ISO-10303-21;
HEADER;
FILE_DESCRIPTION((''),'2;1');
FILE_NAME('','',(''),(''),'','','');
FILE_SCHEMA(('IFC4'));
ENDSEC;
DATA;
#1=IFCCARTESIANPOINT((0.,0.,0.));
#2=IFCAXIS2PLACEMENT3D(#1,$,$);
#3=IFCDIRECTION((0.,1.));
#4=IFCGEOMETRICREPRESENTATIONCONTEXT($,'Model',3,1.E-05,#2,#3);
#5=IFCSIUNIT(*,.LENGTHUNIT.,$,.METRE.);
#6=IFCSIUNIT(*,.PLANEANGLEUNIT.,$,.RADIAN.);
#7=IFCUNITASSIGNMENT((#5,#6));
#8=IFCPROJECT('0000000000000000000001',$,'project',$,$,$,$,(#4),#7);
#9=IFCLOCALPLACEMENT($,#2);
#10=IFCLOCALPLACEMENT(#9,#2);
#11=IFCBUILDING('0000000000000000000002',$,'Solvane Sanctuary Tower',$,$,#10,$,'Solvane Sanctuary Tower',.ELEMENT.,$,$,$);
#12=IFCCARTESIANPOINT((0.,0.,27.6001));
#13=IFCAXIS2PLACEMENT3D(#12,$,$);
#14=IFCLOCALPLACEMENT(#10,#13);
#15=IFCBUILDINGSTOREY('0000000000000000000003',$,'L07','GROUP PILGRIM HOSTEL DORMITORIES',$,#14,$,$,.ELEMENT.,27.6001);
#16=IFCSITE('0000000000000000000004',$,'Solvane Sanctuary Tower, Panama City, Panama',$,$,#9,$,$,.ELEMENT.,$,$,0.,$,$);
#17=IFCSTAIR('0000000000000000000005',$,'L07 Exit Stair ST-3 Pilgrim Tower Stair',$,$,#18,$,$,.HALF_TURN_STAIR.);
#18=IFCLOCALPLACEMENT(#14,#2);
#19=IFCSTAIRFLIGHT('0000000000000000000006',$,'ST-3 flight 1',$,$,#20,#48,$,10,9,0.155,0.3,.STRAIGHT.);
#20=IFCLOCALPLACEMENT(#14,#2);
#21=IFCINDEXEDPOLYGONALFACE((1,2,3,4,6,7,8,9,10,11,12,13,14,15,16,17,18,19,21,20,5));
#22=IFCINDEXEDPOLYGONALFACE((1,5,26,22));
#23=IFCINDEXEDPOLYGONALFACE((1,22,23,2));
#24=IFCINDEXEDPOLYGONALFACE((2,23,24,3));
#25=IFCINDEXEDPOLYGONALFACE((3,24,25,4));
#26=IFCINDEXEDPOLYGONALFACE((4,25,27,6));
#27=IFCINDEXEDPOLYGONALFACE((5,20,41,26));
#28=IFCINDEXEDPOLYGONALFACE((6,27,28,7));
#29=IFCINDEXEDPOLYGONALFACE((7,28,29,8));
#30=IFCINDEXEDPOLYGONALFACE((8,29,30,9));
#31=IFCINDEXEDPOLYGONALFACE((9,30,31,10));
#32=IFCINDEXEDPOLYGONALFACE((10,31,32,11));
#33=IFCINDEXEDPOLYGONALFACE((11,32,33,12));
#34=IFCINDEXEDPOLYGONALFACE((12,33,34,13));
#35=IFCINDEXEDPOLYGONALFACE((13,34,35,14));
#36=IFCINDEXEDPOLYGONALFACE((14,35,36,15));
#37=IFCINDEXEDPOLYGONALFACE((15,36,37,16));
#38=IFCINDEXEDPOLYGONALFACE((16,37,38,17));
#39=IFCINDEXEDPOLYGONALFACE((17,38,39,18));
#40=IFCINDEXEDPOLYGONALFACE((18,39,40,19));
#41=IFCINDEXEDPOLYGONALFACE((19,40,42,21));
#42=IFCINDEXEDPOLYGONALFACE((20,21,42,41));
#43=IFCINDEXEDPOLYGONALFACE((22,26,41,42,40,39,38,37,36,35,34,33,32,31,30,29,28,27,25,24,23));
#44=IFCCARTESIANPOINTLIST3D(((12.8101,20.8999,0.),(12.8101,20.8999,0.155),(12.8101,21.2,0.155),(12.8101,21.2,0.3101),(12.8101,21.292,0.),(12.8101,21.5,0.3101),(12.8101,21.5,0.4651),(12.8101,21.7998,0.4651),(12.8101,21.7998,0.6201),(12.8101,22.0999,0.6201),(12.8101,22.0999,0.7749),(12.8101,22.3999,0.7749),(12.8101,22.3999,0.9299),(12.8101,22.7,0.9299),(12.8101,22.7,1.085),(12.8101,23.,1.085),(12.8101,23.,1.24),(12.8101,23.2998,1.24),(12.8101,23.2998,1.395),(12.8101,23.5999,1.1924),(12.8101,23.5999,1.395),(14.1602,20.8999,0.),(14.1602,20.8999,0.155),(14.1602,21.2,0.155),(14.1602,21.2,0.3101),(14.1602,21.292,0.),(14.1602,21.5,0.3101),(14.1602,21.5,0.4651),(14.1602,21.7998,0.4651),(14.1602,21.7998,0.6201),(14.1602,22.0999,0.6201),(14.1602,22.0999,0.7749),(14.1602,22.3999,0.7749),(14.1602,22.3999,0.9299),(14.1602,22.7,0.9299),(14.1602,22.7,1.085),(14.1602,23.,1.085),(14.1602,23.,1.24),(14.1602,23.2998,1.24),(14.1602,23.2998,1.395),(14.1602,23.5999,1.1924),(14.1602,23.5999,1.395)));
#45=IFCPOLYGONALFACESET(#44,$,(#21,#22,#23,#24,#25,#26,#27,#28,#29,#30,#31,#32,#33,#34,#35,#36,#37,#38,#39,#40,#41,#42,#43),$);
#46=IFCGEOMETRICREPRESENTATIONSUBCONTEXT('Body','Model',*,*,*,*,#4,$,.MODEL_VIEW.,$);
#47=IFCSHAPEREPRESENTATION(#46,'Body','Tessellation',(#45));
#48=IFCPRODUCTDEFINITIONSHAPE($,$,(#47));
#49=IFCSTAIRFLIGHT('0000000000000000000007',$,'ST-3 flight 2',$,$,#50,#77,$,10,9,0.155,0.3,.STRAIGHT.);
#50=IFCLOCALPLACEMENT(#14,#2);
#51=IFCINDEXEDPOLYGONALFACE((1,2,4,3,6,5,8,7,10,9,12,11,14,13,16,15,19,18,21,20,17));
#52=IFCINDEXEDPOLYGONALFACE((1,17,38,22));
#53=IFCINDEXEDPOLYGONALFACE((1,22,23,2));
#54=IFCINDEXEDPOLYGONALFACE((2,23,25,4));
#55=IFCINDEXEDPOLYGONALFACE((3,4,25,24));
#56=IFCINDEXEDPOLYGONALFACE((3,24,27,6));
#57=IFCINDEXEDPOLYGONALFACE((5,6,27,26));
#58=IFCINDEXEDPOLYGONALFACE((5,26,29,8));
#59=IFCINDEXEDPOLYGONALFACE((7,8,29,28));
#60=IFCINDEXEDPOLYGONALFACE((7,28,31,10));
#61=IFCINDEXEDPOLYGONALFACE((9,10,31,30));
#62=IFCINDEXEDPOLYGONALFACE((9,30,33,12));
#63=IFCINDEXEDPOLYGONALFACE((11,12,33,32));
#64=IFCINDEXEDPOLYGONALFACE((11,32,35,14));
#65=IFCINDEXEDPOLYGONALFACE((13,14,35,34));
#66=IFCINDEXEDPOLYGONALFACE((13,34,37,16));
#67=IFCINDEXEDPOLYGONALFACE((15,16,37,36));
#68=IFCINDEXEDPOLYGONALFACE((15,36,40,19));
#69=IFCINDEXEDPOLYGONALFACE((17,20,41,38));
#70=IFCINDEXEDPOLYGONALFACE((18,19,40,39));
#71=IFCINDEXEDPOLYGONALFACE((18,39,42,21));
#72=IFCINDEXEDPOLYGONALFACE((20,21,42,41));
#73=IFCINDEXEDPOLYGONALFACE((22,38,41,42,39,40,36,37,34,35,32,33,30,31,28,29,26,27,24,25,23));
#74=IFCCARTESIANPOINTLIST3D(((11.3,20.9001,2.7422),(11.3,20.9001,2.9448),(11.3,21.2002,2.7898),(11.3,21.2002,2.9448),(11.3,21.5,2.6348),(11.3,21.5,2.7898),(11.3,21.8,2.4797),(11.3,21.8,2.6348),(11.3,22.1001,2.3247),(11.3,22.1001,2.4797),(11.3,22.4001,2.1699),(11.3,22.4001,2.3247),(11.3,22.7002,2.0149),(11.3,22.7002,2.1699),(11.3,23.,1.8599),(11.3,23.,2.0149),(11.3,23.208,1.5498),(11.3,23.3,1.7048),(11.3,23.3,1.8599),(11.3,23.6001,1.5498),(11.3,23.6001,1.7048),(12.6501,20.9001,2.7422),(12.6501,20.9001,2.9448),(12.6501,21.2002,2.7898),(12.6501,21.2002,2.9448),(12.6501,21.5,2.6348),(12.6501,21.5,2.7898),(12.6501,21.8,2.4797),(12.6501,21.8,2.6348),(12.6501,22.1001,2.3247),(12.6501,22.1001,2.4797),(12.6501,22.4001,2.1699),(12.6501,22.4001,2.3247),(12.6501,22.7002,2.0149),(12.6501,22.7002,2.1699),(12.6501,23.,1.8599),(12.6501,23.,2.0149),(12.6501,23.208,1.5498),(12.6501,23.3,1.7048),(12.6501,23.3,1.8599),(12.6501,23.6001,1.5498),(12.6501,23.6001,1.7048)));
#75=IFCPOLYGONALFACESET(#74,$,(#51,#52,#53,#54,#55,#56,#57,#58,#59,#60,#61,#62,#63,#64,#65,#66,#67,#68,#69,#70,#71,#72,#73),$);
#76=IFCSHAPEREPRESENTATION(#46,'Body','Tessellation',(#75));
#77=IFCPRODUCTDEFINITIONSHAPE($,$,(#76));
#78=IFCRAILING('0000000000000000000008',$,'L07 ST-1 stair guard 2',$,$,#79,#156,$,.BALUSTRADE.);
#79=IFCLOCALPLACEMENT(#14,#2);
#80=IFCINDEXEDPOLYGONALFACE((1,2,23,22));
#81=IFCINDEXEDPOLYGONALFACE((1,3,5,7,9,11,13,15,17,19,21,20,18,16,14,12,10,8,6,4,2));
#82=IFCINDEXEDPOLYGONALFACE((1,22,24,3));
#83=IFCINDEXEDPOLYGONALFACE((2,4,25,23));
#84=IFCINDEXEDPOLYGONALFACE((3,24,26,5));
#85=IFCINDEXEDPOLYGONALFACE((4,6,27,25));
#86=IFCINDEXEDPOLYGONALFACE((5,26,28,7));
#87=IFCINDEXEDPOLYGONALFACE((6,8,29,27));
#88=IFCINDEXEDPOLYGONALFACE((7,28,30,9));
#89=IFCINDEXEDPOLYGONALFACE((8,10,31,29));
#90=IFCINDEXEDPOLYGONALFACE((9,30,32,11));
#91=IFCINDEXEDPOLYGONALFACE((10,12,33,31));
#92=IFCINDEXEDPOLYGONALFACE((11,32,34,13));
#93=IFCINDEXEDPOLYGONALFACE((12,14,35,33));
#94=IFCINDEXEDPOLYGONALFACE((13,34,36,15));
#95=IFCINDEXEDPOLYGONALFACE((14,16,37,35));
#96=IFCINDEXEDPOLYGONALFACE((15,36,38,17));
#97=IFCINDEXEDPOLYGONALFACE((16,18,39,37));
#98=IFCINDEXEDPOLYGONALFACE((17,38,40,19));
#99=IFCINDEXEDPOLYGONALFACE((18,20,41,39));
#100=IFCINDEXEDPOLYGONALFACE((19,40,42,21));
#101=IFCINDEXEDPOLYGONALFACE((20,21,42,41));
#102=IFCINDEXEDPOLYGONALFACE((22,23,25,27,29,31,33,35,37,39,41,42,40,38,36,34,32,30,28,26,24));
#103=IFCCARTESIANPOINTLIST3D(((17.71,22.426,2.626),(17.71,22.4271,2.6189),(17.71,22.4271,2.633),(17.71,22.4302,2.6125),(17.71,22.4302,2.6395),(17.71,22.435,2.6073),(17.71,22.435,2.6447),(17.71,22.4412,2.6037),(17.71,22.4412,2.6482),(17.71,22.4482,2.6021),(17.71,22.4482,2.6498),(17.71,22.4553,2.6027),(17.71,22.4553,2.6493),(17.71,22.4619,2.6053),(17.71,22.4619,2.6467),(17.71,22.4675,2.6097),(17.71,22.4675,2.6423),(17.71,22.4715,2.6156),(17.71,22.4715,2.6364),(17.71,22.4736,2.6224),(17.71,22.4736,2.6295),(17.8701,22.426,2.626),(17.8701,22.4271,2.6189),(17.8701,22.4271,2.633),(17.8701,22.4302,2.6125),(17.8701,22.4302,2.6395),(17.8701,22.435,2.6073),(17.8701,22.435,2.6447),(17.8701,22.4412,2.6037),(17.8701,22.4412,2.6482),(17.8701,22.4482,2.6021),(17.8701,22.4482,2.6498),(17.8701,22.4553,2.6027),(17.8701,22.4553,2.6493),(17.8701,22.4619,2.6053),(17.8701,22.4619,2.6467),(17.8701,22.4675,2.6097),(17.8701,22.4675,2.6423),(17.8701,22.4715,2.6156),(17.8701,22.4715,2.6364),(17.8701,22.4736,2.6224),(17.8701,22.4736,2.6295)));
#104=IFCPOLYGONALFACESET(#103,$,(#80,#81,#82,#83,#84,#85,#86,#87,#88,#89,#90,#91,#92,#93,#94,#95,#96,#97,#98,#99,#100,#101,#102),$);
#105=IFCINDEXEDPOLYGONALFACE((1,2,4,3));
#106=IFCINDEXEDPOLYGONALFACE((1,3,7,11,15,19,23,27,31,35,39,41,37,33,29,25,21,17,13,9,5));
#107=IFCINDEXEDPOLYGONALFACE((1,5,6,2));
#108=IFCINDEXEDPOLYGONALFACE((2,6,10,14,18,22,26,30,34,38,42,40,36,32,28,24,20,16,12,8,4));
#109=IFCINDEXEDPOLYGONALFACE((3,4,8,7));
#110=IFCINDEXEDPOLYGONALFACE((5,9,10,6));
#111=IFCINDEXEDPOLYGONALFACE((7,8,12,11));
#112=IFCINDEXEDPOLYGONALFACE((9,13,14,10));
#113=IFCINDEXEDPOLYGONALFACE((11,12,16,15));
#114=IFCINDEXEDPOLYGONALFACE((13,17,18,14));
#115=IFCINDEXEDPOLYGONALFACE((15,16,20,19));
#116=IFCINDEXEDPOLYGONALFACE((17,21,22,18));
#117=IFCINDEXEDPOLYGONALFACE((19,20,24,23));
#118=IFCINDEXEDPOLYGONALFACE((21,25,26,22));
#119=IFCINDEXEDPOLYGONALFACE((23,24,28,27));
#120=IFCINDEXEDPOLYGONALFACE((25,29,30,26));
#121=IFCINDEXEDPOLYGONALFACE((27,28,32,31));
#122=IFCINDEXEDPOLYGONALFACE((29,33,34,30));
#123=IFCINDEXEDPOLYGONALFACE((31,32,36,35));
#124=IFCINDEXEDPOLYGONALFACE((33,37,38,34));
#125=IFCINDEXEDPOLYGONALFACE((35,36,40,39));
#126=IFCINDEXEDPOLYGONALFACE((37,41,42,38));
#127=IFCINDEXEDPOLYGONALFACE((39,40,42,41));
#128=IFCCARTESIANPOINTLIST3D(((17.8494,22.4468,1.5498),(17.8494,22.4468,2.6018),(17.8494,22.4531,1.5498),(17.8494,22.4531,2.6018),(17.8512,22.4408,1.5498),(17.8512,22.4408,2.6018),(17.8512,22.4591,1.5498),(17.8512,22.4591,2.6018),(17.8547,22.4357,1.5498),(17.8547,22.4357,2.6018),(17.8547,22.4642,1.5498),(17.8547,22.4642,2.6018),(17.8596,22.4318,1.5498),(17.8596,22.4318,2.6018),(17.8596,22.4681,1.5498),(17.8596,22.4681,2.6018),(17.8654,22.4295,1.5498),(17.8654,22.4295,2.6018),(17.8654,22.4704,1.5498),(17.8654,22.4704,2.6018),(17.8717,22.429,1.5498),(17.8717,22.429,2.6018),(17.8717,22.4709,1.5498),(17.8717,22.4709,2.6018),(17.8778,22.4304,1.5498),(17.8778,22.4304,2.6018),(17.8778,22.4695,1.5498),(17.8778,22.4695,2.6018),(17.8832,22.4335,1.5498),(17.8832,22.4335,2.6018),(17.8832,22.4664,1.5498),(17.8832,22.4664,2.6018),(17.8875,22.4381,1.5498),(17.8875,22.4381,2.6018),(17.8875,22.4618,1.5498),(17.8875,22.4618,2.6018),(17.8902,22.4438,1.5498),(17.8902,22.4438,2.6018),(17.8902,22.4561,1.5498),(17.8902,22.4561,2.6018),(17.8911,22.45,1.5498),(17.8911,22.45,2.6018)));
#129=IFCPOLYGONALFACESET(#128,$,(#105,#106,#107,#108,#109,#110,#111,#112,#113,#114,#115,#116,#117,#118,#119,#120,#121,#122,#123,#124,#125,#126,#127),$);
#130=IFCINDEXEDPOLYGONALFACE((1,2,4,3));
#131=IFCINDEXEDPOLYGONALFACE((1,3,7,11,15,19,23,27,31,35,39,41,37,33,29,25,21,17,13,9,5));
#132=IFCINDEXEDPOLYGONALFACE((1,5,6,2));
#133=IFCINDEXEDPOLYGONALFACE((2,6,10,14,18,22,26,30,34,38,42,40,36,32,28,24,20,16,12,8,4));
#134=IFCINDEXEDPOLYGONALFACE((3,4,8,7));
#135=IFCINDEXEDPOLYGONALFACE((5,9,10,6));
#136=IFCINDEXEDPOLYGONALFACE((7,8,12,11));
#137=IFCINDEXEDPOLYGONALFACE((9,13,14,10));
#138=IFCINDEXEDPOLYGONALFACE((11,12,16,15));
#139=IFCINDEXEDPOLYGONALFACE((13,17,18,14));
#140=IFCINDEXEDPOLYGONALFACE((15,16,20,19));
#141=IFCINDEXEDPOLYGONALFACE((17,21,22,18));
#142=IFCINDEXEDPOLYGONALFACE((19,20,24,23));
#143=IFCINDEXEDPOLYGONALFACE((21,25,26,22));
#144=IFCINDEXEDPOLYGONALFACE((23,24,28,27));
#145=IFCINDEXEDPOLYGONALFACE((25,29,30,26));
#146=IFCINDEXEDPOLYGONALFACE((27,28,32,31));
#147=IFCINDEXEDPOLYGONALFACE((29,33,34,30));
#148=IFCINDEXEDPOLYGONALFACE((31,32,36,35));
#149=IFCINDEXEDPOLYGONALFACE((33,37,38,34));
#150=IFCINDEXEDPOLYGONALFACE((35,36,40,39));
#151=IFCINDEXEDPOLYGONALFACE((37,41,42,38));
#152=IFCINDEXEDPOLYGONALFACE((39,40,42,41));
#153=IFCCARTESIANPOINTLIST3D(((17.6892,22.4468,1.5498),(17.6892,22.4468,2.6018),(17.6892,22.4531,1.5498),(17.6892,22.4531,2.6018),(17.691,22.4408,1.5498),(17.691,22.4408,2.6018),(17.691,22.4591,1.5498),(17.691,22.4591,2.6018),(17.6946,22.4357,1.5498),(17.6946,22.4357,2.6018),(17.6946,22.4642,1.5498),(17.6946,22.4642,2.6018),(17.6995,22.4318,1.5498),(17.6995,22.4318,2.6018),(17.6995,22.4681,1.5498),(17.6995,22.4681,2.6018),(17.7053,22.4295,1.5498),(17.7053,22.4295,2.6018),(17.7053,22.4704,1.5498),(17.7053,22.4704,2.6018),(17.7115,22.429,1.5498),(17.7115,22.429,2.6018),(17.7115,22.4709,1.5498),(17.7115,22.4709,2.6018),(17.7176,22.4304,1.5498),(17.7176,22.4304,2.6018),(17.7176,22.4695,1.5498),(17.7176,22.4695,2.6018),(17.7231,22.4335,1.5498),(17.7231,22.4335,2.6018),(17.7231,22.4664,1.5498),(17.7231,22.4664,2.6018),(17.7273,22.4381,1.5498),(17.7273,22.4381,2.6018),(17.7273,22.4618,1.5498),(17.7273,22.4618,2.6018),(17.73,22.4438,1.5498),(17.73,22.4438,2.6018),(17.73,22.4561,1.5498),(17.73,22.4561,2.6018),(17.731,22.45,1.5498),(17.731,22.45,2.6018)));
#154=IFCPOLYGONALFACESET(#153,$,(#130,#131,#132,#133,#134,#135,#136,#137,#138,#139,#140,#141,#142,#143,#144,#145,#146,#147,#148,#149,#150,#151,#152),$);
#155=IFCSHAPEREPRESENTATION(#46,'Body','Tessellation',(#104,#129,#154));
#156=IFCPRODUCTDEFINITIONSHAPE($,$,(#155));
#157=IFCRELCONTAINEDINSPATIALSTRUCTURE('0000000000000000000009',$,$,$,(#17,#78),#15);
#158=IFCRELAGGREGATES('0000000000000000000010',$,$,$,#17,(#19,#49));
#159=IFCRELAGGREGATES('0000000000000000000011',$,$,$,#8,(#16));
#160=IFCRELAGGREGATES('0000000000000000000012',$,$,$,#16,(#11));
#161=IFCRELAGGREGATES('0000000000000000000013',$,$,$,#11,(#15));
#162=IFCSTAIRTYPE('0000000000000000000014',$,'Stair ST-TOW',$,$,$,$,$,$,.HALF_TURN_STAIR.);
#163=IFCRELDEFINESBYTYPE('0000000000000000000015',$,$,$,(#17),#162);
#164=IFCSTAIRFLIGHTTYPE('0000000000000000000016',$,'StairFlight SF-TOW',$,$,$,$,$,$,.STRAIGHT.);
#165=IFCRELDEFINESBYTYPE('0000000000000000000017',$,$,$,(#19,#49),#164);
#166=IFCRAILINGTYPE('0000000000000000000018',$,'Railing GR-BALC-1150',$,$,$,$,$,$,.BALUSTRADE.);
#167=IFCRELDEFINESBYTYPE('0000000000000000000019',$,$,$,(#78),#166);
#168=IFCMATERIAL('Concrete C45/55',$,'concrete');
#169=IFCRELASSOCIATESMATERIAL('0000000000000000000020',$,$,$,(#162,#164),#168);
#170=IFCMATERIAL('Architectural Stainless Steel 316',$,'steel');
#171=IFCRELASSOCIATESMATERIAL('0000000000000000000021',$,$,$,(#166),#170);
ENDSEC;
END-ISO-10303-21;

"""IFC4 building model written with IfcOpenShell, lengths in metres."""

from ifc_helpers import new_model, si_unit, direction, frame, origin, origin_2d, place, context, subcontext, project, spatial, polyline, circle, outline, extrude, material, type_object, element, aggregate, save


model = new_model("IFC4")

# Units and contexts
model_context = context("Model", 3, precision=1e-05, world=origin(), true_north=direction((0.0, 1.0)))
body_context = subcontext(model_context, "Body", "Model", "MODEL_VIEW")
ifc_project = project(units=[si_unit("LENGTHUNIT", "METRE"), si_unit("PLANEANGLEUNIT", "RADIAN")], contexts=[model_context])

# Site, building, storey
site_placement = place(None, origin())
site = spatial("IfcSite", under=ifc_project, at=site_placement, Name="Solvane Sanctuary Tower, Panama City, Panama", CompositionType="ELEMENT", RefElevation=0.0)
building_placement = place(site_placement, origin())
building = spatial("IfcBuilding", under=site, at=building_placement, Name="Solvane Sanctuary Tower", LongName="Solvane Sanctuary Tower", CompositionType="ELEMENT")
storey_placement = place(building_placement, frame((0.0, 0.0, 27.6001)))
storey = spatial("IfcBuildingStorey", under=building, at=storey_placement, Name="L07", Description="GROUP PILGRIM HOSTEL DORMITORIES", CompositionType="ELEMENT", Elevation=27.6001)

# Shared definitions
ifc_material_1 = material(Name="Concrete C45/55", Category="concrete")
stair_type = type_object("IfcStairType", Name="Stair ST-TOW", PredefinedType="HALF_TURN_STAIR", material=ifc_material_1)
stair_flight_type = type_object("IfcStairFlightType", Name="StairFlight SF-TOW", PredefinedType="STRAIGHT", material=ifc_material_1)

# Stair, stair flights
stair_1_placement = place(storey_placement, origin())
stair_1 = element("IfcStair", 1, at=stair_1_placement, inside=storey, type_object=stair_type, Name="L07 Exit Stair ST-3 Pilgrim Tower Stair", PredefinedType="HALF_TURN_STAIR")
stair_flight_1_placement = place(storey_placement, frame((13.4851, 20.8999, 0.0), z_axis=(0.0, 0.0, 1.0), x_axis=(0.0, 1.0, 0.0)))
stair_flight_1 = element("IfcStairFlight", 2, at=stair_flight_1_placement, type_object=stair_flight_type, Name="ST-3 flight 1", NumberOfRisers=10, NumberOfTreads=9, PredefinedType="STRAIGHT", RiserHeight=0.155, TreadLength=0.3, context=body_context, shape_type="SweptSolid", body=[
    extrude(outline(polyline([(0.0, 0.0), (0.0, 0.155), (0.3, 0.155), (0.3, 0.3101), (0.6001, 0.3101), (0.6001, 0.4651), (0.8999, 0.4651), (0.8999, 0.6201), (1.2, 0.6201), (1.2, 0.7749), (1.5, 0.7749), (1.5, 0.9299), (1.8, 0.9299), (1.8, 1.085), (2.1001, 1.085), (2.1001, 1.24), (2.3999, 1.24), (2.3999, 1.395), (2.7, 1.395), (2.7, 1.55), (2.7, 1.1924), (0.3921, 0.0), (0.0, 0.0)])), frame((0.0, 0.675, 0.0), z_axis=(0.0, -1.0, 0.0), x_axis=(1.0, 0.0, 0.0)), (0.0, 0.0, 1.0), 1.3501),
])
stair_flight_2_placement = place(storey_placement, frame((11.9751, 23.6001, 1.5498), z_axis=(0.0, 0.0, 1.0), x_axis=(0.0, -1.0, 0.0)))
stair_flight_2 = element("IfcStairFlight", 3, at=stair_flight_2_placement, type_object=stair_flight_type, Name="ST-3 flight 2", NumberOfRisers=10, NumberOfTreads=9, PredefinedType="STRAIGHT", RiserHeight=0.155, TreadLength=0.3, context=body_context, shape_type="SweptSolid", body=[
    extrude(outline(polyline([(0.0, 0.0), (0.0, 0.155), (0.3, 0.155), (0.3, 0.3101), (0.6001, 0.3101), (0.6001, 0.4651), (0.8999, 0.4651), (0.8999, 0.6201), (1.2, 0.6201), (1.2, 0.7749), (1.5, 0.7749), (1.5, 0.9299), (1.8, 0.9299), (1.8, 1.085), (2.1001, 1.085), (2.1001, 1.24), (2.3999, 1.24), (2.3999, 1.395), (2.7, 1.395), (2.7, 1.55), (2.7, 1.1924), (0.3921, 0.0), (0.0, 0.0)])), frame((0.0, 0.675, 0.0), z_axis=(0.0, -1.0, 0.0), x_axis=(1.0, 0.0, 0.0)), (0.0, 0.0, 1.0), 1.3501),
])
aggregate(stair_1, [stair_flight_1, stair_flight_2])

# Railing
ifc_material_2 = material(Name="Architectural Stainless Steel 316", Category="steel")
railing_type_1 = type_object("IfcRailingType", Name="Railing GR-BALC-1150", PredefinedType="BALUSTRADE", material=ifc_material_2)
railing_1_placement = place(storey_placement, frame((17.8701, 22.45, 1.5498)))
element("IfcRailing", 4, at=railing_1_placement, inside=storey, type_object=railing_type_1, Name="L07 ST-1 stair guard 2", PredefinedType="BALUSTRADE", context=body_context, shape_type="SweptSolid", body=[
    extrude(circle(Radius=0.0239, at=origin_2d()), frame((0.0, 0.0, 1.0762), z_axis=(-1.0, 0.0, 0.0), x_axis=(0.0, -1.0, 0.0)), (0.0, 0.0, 1.0), 0.1602),
    extrude(circle(Radius=0.021, at=origin_2d()), origin(), (0.0, 0.0, 1.0), 1.052),
    extrude(circle(Radius=0.021, at=origin_2d()), frame((-0.1602, 0.0, 0.0)), (0.0, 0.0, 1.0), 1.052),
])

save(model, "model.ifc")
